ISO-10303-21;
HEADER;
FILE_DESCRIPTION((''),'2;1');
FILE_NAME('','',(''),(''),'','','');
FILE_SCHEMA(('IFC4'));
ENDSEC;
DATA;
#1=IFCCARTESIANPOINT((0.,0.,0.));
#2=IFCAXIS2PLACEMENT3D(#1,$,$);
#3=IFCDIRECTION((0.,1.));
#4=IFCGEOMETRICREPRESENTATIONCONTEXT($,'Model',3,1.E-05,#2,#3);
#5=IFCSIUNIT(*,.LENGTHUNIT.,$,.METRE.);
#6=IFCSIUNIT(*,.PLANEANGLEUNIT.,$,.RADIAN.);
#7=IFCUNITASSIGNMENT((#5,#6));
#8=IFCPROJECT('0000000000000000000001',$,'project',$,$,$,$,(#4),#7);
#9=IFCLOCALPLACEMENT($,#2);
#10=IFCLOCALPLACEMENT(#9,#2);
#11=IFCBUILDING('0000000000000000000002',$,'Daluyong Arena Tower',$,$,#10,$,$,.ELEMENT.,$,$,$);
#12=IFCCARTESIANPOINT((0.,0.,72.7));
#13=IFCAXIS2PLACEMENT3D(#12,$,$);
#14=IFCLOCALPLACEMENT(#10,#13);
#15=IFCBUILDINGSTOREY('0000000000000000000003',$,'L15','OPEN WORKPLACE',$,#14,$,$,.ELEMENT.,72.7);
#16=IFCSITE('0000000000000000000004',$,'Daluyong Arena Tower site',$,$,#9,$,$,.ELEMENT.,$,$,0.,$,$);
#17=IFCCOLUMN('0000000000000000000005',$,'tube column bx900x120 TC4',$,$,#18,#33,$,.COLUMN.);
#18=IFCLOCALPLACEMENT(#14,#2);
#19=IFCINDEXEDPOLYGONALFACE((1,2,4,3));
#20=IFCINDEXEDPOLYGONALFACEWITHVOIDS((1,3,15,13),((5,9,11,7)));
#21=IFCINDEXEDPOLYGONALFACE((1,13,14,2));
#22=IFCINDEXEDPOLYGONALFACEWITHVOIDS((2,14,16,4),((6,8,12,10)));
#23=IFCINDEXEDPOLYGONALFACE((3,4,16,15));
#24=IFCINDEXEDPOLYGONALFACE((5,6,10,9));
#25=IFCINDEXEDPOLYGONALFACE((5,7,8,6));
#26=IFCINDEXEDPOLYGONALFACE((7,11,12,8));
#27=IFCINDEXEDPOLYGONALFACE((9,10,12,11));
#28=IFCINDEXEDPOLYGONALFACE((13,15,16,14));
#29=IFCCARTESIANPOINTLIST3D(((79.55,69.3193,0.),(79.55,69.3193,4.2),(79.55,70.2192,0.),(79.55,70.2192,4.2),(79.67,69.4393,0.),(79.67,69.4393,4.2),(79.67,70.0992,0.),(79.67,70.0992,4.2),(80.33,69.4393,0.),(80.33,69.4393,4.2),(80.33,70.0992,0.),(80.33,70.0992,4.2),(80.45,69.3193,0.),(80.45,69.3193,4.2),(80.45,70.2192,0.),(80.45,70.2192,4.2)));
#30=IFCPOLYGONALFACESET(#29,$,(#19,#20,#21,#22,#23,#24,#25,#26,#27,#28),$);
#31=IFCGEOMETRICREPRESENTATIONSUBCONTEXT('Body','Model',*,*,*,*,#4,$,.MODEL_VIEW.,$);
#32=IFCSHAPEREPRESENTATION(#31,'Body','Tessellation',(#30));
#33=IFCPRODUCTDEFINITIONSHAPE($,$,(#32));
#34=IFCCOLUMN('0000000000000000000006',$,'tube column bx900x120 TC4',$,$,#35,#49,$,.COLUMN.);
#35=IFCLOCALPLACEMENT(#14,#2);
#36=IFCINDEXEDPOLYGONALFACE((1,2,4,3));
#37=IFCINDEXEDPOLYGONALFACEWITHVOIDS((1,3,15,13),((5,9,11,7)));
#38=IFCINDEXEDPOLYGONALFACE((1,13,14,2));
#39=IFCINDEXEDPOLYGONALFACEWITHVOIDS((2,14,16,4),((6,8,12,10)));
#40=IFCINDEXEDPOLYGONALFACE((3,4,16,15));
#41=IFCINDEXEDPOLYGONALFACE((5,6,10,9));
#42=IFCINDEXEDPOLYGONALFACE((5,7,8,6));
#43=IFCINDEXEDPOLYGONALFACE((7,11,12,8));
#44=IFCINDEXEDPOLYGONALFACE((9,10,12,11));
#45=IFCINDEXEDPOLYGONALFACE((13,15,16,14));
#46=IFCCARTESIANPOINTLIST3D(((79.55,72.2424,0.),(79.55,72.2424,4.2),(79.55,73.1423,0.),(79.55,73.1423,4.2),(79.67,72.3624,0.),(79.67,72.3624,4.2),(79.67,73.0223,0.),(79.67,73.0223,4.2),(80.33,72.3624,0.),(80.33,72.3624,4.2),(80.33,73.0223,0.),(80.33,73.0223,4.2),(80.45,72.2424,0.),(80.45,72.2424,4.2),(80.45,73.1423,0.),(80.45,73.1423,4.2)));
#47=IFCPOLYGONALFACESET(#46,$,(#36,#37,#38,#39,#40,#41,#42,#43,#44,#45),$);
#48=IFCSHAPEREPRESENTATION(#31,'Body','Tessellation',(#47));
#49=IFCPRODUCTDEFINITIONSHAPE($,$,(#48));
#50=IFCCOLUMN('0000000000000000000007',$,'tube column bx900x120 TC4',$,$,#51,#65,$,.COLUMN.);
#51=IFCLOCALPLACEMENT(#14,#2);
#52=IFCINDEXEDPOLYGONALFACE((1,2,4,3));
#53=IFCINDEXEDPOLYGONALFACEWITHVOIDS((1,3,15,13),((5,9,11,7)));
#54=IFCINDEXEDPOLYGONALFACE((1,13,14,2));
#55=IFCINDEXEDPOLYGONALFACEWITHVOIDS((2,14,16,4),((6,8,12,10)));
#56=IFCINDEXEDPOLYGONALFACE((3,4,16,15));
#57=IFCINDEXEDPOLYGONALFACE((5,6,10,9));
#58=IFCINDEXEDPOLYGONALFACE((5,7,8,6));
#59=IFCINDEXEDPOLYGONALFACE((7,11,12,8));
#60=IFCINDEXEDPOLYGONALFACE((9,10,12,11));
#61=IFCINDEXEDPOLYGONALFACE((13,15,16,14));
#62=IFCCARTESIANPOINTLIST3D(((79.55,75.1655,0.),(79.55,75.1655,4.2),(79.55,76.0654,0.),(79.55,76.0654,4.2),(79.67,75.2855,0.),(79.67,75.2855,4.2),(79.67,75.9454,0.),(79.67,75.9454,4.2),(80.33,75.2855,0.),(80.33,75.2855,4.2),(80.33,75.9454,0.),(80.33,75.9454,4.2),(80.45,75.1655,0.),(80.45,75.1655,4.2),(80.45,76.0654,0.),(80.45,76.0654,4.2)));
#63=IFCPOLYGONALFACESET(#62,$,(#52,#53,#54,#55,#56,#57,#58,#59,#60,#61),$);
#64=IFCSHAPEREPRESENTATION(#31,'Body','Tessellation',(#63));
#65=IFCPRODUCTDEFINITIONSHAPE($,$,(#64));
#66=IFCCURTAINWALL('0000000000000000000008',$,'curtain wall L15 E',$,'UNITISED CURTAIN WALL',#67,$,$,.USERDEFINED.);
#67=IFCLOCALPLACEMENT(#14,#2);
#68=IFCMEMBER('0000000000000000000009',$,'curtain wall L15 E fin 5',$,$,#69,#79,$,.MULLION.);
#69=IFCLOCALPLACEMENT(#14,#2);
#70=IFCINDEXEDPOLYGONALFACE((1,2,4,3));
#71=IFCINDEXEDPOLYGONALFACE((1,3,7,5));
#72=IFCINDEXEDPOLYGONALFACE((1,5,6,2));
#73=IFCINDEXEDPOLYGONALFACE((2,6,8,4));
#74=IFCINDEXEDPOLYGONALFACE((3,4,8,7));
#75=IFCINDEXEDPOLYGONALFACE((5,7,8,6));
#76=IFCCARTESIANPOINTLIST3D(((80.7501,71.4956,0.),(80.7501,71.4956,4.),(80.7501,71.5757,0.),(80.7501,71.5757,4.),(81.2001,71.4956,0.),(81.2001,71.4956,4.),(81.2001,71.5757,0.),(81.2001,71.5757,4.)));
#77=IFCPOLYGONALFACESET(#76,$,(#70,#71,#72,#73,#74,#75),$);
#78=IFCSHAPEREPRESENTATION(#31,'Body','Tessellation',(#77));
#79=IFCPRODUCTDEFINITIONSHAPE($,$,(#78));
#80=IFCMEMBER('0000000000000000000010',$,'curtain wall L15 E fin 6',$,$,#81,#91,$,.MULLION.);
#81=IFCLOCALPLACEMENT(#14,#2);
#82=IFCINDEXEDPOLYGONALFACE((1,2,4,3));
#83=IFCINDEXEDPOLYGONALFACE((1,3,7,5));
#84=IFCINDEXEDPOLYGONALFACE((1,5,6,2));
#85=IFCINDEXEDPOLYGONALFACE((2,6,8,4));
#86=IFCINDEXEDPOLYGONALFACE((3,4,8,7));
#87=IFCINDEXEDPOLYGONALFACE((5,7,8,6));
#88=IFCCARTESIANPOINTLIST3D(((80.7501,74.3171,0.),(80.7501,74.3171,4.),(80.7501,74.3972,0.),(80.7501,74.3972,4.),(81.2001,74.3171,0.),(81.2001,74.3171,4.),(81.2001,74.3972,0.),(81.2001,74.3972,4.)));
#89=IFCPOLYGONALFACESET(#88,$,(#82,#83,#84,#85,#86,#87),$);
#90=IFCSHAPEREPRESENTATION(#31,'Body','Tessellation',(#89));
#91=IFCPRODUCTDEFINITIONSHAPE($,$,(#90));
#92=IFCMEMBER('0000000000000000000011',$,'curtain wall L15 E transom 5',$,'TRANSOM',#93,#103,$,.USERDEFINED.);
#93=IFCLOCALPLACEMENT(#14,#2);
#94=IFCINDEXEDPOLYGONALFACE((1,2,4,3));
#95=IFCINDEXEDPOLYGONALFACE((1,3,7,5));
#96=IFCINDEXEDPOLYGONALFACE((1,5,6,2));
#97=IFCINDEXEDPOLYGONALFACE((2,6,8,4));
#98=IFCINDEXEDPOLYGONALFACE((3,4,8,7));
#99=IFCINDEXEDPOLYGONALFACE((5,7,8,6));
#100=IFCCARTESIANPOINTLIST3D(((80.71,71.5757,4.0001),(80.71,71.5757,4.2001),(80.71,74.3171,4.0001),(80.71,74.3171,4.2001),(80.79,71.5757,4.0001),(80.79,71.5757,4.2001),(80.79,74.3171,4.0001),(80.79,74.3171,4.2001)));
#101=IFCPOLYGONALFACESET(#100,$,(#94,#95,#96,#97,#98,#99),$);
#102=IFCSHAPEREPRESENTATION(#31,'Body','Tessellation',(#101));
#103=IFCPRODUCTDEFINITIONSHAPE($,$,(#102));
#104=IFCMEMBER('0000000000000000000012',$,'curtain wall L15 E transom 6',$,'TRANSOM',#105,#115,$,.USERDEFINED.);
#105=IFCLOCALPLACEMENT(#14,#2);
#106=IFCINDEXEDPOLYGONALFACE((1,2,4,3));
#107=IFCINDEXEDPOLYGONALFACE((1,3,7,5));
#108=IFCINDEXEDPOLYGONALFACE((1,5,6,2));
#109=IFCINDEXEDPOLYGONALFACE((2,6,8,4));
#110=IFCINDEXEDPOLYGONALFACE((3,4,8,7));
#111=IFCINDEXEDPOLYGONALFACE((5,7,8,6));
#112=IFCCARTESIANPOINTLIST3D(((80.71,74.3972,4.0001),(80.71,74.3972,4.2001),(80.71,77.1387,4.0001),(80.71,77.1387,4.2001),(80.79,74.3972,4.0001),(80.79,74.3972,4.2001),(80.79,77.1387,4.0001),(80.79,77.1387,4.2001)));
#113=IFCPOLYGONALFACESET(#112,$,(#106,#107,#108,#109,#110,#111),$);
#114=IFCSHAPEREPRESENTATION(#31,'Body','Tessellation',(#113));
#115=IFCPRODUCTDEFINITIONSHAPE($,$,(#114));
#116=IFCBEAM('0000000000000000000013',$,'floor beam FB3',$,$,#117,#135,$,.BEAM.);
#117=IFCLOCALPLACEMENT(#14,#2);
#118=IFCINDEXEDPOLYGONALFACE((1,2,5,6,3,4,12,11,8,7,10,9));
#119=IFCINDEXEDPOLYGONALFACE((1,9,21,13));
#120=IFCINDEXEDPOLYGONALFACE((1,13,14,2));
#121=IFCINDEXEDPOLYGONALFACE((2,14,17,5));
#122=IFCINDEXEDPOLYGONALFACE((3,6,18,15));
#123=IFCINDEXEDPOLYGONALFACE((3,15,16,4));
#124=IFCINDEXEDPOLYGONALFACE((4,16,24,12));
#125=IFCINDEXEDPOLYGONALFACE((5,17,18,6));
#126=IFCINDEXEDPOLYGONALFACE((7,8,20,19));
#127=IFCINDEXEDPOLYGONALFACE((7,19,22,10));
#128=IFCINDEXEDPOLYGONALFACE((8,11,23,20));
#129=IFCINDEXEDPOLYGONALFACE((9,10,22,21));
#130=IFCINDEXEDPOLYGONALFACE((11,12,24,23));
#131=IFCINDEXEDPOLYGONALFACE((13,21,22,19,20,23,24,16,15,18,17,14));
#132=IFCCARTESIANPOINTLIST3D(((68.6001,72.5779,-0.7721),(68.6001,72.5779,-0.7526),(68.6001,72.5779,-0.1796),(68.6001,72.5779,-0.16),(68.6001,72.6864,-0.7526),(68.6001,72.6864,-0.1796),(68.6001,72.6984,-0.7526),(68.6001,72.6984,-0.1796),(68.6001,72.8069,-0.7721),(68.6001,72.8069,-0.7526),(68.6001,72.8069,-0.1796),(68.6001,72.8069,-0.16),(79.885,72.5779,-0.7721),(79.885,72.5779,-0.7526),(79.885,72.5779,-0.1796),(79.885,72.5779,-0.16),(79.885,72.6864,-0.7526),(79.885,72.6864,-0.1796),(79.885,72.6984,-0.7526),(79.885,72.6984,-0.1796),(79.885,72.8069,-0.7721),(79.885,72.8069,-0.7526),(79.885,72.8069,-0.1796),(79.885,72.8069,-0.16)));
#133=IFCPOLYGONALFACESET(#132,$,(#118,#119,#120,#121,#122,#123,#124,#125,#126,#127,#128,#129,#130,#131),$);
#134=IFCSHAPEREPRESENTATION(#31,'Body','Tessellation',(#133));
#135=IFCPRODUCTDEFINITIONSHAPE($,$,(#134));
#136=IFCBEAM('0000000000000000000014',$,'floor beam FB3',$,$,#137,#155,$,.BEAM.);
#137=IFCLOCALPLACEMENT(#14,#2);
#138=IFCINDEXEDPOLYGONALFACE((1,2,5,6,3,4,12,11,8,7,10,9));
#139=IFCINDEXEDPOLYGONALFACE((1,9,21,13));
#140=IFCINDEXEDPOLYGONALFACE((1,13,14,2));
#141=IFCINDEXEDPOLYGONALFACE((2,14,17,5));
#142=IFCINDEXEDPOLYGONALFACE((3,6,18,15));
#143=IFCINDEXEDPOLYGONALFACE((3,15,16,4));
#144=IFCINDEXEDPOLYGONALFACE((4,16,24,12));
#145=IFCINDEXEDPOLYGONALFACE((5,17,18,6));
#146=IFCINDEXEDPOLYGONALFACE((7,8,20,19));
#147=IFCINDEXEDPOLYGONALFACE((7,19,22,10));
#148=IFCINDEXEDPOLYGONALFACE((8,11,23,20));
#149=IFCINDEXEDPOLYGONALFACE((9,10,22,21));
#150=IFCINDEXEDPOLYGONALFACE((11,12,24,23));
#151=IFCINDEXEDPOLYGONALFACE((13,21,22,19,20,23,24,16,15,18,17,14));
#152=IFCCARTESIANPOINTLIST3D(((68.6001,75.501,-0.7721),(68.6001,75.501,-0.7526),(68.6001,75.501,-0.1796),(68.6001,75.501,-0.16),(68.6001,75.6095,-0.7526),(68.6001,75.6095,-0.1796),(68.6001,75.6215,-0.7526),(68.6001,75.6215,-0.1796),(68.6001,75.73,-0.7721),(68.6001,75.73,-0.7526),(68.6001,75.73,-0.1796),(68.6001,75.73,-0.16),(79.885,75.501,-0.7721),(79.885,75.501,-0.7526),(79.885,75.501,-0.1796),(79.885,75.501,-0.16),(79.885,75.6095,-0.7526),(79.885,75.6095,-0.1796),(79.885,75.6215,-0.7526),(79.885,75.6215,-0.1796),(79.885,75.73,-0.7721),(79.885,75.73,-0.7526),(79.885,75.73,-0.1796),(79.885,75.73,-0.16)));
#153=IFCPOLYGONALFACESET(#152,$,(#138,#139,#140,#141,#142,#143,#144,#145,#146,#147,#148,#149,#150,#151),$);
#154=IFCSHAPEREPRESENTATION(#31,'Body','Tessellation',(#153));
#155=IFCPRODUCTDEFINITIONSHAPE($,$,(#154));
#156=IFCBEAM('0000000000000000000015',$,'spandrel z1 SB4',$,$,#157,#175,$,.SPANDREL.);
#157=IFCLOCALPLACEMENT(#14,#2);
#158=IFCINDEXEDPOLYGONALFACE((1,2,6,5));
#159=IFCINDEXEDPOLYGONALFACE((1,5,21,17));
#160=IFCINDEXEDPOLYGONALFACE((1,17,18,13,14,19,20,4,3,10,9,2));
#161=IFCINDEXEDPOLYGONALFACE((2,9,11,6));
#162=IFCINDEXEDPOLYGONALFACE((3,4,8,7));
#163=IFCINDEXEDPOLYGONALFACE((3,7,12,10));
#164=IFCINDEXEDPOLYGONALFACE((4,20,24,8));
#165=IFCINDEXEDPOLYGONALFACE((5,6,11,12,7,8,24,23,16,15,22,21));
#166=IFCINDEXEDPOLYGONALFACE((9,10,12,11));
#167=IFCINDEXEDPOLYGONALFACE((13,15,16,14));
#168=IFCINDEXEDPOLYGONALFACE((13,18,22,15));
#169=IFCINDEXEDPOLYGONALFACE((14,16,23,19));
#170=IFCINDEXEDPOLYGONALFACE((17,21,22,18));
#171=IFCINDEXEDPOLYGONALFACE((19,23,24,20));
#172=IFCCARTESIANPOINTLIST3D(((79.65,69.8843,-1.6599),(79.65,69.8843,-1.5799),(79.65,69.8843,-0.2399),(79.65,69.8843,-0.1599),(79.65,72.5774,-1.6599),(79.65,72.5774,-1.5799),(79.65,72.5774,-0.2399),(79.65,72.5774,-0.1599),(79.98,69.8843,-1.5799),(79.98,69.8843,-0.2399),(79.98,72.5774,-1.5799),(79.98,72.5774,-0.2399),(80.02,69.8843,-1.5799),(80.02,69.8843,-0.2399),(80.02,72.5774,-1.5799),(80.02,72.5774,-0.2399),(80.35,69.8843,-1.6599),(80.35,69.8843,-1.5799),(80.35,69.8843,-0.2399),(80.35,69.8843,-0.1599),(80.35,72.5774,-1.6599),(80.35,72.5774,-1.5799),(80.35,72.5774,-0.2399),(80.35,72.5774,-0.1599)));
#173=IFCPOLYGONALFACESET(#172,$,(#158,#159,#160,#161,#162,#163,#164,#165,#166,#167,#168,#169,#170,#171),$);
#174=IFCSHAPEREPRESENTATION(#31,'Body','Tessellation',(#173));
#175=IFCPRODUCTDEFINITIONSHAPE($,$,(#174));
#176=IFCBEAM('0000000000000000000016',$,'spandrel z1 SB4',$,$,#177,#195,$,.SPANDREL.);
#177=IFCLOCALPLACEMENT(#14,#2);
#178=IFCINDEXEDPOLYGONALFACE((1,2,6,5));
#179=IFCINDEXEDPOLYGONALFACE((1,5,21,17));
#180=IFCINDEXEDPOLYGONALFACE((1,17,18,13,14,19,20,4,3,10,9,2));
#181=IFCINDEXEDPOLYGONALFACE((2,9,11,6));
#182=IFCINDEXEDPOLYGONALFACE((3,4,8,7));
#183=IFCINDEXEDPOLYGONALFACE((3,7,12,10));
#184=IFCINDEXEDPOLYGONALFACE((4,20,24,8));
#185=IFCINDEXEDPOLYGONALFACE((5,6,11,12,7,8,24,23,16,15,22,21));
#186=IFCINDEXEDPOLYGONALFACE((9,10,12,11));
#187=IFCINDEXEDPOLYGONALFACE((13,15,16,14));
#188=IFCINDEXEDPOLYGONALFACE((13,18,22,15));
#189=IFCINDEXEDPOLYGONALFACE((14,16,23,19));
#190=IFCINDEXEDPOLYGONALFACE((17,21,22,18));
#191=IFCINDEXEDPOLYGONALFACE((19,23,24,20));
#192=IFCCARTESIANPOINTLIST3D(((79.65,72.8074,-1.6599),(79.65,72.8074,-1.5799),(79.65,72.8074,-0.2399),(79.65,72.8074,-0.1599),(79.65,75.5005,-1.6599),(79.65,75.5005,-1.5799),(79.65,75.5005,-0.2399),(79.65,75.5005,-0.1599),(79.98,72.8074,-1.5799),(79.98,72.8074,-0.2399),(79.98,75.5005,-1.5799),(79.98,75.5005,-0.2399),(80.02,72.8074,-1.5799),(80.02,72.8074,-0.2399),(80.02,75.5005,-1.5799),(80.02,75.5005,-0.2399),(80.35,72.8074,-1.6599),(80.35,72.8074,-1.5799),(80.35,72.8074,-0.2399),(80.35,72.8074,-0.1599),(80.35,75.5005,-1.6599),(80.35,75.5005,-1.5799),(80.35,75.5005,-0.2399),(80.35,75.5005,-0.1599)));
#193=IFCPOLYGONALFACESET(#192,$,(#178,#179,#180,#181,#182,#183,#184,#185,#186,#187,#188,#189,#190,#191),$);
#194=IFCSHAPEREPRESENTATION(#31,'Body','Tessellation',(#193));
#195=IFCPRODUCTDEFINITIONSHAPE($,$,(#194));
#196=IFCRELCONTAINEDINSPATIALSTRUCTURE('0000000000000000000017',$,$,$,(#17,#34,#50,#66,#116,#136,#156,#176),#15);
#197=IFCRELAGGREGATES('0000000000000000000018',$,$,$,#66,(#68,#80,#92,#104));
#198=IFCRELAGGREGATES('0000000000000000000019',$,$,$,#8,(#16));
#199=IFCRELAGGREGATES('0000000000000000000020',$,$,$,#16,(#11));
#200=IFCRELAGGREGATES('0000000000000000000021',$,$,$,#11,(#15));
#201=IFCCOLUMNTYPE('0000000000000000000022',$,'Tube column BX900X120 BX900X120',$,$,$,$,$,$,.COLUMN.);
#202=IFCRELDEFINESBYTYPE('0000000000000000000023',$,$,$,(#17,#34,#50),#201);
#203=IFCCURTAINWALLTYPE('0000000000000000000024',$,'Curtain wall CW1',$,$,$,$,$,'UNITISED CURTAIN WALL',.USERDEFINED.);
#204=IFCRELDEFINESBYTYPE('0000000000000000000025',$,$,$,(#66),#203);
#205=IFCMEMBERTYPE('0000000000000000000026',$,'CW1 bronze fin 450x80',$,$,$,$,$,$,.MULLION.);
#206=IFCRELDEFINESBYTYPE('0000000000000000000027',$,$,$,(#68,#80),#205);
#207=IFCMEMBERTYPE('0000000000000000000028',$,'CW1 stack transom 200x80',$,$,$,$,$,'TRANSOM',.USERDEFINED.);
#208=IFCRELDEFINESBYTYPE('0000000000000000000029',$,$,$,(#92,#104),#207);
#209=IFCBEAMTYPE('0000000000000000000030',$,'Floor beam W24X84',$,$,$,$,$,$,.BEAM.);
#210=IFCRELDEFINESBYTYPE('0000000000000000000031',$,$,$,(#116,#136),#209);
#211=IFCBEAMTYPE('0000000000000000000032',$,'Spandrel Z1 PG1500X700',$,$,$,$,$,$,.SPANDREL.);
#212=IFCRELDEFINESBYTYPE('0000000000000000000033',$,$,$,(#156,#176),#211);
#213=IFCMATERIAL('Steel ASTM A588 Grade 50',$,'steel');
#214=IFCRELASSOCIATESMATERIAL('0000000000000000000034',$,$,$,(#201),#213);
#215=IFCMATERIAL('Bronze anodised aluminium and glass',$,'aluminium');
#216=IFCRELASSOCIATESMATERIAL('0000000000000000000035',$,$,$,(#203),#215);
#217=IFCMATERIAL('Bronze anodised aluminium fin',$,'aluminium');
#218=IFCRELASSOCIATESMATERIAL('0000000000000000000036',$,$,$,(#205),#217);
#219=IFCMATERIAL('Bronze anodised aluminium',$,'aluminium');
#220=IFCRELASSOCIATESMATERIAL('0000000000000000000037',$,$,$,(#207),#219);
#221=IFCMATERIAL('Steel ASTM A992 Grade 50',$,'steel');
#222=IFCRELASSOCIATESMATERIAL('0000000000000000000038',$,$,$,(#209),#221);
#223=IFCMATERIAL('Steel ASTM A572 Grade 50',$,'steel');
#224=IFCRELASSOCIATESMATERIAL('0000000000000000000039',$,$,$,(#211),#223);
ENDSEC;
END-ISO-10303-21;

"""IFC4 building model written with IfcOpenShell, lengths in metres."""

from ifc_helpers import new_model, si_unit, direction, frame, origin, origin_2d, place, context, subcontext, project, spatial, rectangle, hollow_rectangle, i_section, extrude, material, material_profile, profile_set, type_object, element, aggregate, save


model = new_model("IFC4")

# Units and contexts
model_context = context("Model", 3, precision=1e-05, world=origin(), true_north=direction((0.0, 1.0)))
body_context = subcontext(model_context, "Body", "Model", "MODEL_VIEW")
ifc_project = project(units=[si_unit("LENGTHUNIT", "METRE"), si_unit("PLANEANGLEUNIT", "RADIAN")], contexts=[model_context])

# Site, building, storey
site_placement = place(None, origin())
site = spatial("IfcSite", under=ifc_project, at=site_placement, Name="Daluyong Arena Tower site", CompositionType="ELEMENT", RefElevation=0.0)
building_placement = place(site_placement, origin())
building = spatial("IfcBuilding", under=site, at=building_placement, Name="Daluyong Arena Tower", CompositionType="ELEMENT")
storey_placement = place(building_placement, frame((0.0, 0.0, 72.7)))
storey = spatial("IfcBuildingStorey", under=building, at=storey_placement, Name="L15", Description="OPEN WORKPLACE", CompositionType="ELEMENT", Elevation=72.7)

# Columns
ifc_material_1 = material(Name="Steel ASTM A588 Grade 50", Category="steel")
ifc_material_profile_1 = material_profile(ifc_material_1, hollow_rectangle(XDim=0.8999, YDim=0.8999, WallThickness=0.12, at=origin_2d()))
ifc_profile_set_1 = profile_set([ifc_material_profile_1], Name="Steel ASTM A588 Grade 50")
column_type = type_object("IfcColumnType", Name="Tube column BX900X120 BX900X120", PredefinedType="COLUMN", material=ifc_profile_set_1)
for number, where, z_axis, x_axis, name in (
    (1, (80.0, 69.7693, 0.0), (0.0, 0.0, 1.0), (0.0, 1.0, 0.0), "tube column bx900x120 TC4"),
    (2, (80.0, 72.6924, 0.0), (0.0, 0.0, 1.0), (0.0, 1.0, 0.0), "tube column bx900x120 TC4"),
    (3, (80.0, 75.6155, 0.0), (0.0, 0.0, 1.0), (0.0, 1.0, 0.0), "tube column bx900x120 TC4"),
):
    element("IfcColumn", number, at=place(storey_placement, frame(where, z_axis=z_axis, x_axis=x_axis)), inside=storey, type_object=column_type, Name=name, PredefinedType="COLUMN", context=body_context, shape_type="SweptSolid", body=[
        extrude(hollow_rectangle(XDim=0.8999, YDim=0.8999, WallThickness=0.12, at=origin_2d()), origin(), (0.0, 0.0, 1.0), 4.2),
    ])

# Curtain wall, members
ifc_material_2 = material(Name="Bronze anodised aluminium and glass", Category="aluminium")
curtain_wall_type = type_object("IfcCurtainWallType", Name="Curtain wall CW1", ElementType="UNITISED CURTAIN WALL", PredefinedType="USERDEFINED", material=ifc_material_2)
curtain_wall_placement = place(storey_placement, origin())
curtain_wall = element("IfcCurtainWall", 4, at=curtain_wall_placement, inside=storey, type_object=curtain_wall_type, Name="curtain wall L15 E", ObjectType="UNITISED CURTAIN WALL", PredefinedType="USERDEFINED")
ifc_material_3 = material(Name="Bronze anodised aluminium fin", Category="aluminium")
ifc_material_profile_2 = material_profile(ifc_material_3, rectangle(XDim=0.45, YDim=0.0801, at=origin_2d()))
ifc_profile_set_2 = profile_set([ifc_material_profile_2], Name="Bronze anodised aluminium fin")
member_type_1 = type_object("IfcMemberType", Name="CW1 bronze fin 450x80", PredefinedType="MULLION", material=ifc_profile_set_2)
member_1_placement = place(storey_placement, frame((80.9751, 71.5356, 0.0), z_axis=(0.0, 0.0, 1.0), x_axis=(-1.0, 0.0, 0.0)))
member_1 = element("IfcMember", 5, at=member_1_placement, type_object=member_type_1, Name="curtain wall L15 E fin 5", PredefinedType="MULLION", context=body_context, shape_type="SweptSolid", body=[
    extrude(rectangle(XDim=0.45, YDim=0.0801, at=origin_2d()), origin(), (0.0, 0.0, 1.0), 4.0),
])
member_2_placement = place(storey_placement, frame((80.9751, 74.3572, 0.0), z_axis=(0.0, 0.0, 1.0), x_axis=(-1.0, 0.0, 0.0)))
member_2 = element("IfcMember", 6, at=member_2_placement, type_object=member_type_1, Name="curtain wall L15 E fin 6", PredefinedType="MULLION", context=body_context, shape_type="SweptSolid", body=[
    extrude(rectangle(XDim=0.45, YDim=0.0801, at=origin_2d()), origin(), (0.0, 0.0, 1.0), 4.0),
])
ifc_material_4 = material(Name="Bronze anodised aluminium", Category="aluminium")
ifc_material_profile_3 = material_profile(ifc_material_4, rectangle(XDim=0.0801, YDim=0.2, at=origin_2d()))
ifc_profile_set_3 = profile_set([ifc_material_profile_3], Name="Bronze anodised aluminium")
member_type_2 = type_object("IfcMemberType", Name="CW1 stack transom 200x80", ElementType="TRANSOM", PredefinedType="USERDEFINED", material=ifc_profile_set_3)
member_3_placement = place(storey_placement, frame((80.75, 71.5757, 4.1001), z_axis=(0.0, 1.0, 0.0), x_axis=(-1.0, 0.0, 0.0)))
member_3 = element("IfcMember", 7, at=member_3_placement, type_object=member_type_2, Name="curtain wall L15 E transom 5", ObjectType="TRANSOM", PredefinedType="USERDEFINED", context=body_context, shape_type="SweptSolid", body=[
    extrude(rectangle(XDim=0.0801, YDim=0.2, at=origin_2d()), origin(), (0.0, 0.0, 1.0), 2.7415),
])
member_4_placement = place(storey_placement, frame((80.75, 74.3972, 4.1001), z_axis=(0.0, 1.0, 0.0), x_axis=(-1.0, 0.0, 0.0)))
member_4 = element("IfcMember", 8, at=member_4_placement, type_object=member_type_2, Name="curtain wall L15 E transom 6", ObjectType="TRANSOM", PredefinedType="USERDEFINED", context=body_context, shape_type="SweptSolid", body=[
    extrude(rectangle(XDim=0.0801, YDim=0.2, at=origin_2d()), origin(), (0.0, 0.0, 1.0), 2.7415),
])

# Beams
ifc_material_5 = material(Name="Steel ASTM A992 Grade 50", Category="steel")
ifc_material_profile_4 = material_profile(ifc_material_5, i_section(OverallWidth=0.229, OverallDepth=0.6121, WebThickness=0.012, FlangeThickness=0.0195, at=origin_2d()))
ifc_profile_set_4 = profile_set([ifc_material_profile_4], Name="Steel ASTM A992 Grade 50")
beam_type_1 = type_object("IfcBeamType", Name="Floor beam W24X84", PredefinedType="BEAM", material=ifc_profile_set_4)
for number, where, z_axis, x_axis, name in (
    (9, (79.885, 72.6924, -0.4661), (-1.0, 0.0, 0.0), (0.0, -1.0, 0.0), "floor beam FB3"),
    (10, (79.885, 75.6155, -0.4661), (-1.0, 0.0, 0.0), (0.0, -1.0, 0.0), "floor beam FB3"),
):
    element("IfcBeam", number, at=place(storey_placement, frame(where, z_axis=z_axis, x_axis=x_axis)), inside=storey, type_object=beam_type_1, Name=name, PredefinedType="BEAM", context=body_context, shape_type="SweptSolid", body=[
        extrude(i_section(OverallWidth=0.229, OverallDepth=0.6121, WebThickness=0.012, FlangeThickness=0.0195, at=origin_2d()), origin(), (0.0, 0.0, 1.0), 11.2849),
    ])
ifc_material_6 = material(Name="Steel ASTM A572 Grade 50", Category="steel")
ifc_material_profile_5 = material_profile(ifc_material_6, i_section(OverallWidth=0.7, OverallDepth=1.5, WebThickness=0.04, FlangeThickness=0.08, at=origin_2d()))
ifc_profile_set_5 = profile_set([ifc_material_profile_5], Name="Steel ASTM A572 Grade 50")
beam_type_2 = type_object("IfcBeamType", Name="Spandrel Z1 PG1500X700", PredefinedType="SPANDREL", material=ifc_profile_set_5)
for number, where, z_axis, x_axis, name in (
    (11, (80.0, 69.8843, -0.9099), (0.0, 1.0, 0.0), (-1.0, 0.0, 0.0), "spandrel z1 SB4"),
    (12, (80.0, 72.8074, -0.9099), (0.0, 1.0, 0.0), (-1.0, 0.0, 0.0), "spandrel z1 SB4"),
):
    element("IfcBeam", number, at=place(storey_placement, frame(where, z_axis=z_axis, x_axis=x_axis)), inside=storey, type_object=beam_type_2, Name=name, PredefinedType="SPANDREL", context=body_context, shape_type="SweptSolid", body=[
        extrude(i_section(OverallWidth=0.7, OverallDepth=1.5, WebThickness=0.04, FlangeThickness=0.08, at=origin_2d()), origin(), (0.0, 0.0, 1.0), 2.6931),
    ])

aggregate(curtain_wall, [member_1, member_2, member_3, member_4])

save(model, "model.ifc")
